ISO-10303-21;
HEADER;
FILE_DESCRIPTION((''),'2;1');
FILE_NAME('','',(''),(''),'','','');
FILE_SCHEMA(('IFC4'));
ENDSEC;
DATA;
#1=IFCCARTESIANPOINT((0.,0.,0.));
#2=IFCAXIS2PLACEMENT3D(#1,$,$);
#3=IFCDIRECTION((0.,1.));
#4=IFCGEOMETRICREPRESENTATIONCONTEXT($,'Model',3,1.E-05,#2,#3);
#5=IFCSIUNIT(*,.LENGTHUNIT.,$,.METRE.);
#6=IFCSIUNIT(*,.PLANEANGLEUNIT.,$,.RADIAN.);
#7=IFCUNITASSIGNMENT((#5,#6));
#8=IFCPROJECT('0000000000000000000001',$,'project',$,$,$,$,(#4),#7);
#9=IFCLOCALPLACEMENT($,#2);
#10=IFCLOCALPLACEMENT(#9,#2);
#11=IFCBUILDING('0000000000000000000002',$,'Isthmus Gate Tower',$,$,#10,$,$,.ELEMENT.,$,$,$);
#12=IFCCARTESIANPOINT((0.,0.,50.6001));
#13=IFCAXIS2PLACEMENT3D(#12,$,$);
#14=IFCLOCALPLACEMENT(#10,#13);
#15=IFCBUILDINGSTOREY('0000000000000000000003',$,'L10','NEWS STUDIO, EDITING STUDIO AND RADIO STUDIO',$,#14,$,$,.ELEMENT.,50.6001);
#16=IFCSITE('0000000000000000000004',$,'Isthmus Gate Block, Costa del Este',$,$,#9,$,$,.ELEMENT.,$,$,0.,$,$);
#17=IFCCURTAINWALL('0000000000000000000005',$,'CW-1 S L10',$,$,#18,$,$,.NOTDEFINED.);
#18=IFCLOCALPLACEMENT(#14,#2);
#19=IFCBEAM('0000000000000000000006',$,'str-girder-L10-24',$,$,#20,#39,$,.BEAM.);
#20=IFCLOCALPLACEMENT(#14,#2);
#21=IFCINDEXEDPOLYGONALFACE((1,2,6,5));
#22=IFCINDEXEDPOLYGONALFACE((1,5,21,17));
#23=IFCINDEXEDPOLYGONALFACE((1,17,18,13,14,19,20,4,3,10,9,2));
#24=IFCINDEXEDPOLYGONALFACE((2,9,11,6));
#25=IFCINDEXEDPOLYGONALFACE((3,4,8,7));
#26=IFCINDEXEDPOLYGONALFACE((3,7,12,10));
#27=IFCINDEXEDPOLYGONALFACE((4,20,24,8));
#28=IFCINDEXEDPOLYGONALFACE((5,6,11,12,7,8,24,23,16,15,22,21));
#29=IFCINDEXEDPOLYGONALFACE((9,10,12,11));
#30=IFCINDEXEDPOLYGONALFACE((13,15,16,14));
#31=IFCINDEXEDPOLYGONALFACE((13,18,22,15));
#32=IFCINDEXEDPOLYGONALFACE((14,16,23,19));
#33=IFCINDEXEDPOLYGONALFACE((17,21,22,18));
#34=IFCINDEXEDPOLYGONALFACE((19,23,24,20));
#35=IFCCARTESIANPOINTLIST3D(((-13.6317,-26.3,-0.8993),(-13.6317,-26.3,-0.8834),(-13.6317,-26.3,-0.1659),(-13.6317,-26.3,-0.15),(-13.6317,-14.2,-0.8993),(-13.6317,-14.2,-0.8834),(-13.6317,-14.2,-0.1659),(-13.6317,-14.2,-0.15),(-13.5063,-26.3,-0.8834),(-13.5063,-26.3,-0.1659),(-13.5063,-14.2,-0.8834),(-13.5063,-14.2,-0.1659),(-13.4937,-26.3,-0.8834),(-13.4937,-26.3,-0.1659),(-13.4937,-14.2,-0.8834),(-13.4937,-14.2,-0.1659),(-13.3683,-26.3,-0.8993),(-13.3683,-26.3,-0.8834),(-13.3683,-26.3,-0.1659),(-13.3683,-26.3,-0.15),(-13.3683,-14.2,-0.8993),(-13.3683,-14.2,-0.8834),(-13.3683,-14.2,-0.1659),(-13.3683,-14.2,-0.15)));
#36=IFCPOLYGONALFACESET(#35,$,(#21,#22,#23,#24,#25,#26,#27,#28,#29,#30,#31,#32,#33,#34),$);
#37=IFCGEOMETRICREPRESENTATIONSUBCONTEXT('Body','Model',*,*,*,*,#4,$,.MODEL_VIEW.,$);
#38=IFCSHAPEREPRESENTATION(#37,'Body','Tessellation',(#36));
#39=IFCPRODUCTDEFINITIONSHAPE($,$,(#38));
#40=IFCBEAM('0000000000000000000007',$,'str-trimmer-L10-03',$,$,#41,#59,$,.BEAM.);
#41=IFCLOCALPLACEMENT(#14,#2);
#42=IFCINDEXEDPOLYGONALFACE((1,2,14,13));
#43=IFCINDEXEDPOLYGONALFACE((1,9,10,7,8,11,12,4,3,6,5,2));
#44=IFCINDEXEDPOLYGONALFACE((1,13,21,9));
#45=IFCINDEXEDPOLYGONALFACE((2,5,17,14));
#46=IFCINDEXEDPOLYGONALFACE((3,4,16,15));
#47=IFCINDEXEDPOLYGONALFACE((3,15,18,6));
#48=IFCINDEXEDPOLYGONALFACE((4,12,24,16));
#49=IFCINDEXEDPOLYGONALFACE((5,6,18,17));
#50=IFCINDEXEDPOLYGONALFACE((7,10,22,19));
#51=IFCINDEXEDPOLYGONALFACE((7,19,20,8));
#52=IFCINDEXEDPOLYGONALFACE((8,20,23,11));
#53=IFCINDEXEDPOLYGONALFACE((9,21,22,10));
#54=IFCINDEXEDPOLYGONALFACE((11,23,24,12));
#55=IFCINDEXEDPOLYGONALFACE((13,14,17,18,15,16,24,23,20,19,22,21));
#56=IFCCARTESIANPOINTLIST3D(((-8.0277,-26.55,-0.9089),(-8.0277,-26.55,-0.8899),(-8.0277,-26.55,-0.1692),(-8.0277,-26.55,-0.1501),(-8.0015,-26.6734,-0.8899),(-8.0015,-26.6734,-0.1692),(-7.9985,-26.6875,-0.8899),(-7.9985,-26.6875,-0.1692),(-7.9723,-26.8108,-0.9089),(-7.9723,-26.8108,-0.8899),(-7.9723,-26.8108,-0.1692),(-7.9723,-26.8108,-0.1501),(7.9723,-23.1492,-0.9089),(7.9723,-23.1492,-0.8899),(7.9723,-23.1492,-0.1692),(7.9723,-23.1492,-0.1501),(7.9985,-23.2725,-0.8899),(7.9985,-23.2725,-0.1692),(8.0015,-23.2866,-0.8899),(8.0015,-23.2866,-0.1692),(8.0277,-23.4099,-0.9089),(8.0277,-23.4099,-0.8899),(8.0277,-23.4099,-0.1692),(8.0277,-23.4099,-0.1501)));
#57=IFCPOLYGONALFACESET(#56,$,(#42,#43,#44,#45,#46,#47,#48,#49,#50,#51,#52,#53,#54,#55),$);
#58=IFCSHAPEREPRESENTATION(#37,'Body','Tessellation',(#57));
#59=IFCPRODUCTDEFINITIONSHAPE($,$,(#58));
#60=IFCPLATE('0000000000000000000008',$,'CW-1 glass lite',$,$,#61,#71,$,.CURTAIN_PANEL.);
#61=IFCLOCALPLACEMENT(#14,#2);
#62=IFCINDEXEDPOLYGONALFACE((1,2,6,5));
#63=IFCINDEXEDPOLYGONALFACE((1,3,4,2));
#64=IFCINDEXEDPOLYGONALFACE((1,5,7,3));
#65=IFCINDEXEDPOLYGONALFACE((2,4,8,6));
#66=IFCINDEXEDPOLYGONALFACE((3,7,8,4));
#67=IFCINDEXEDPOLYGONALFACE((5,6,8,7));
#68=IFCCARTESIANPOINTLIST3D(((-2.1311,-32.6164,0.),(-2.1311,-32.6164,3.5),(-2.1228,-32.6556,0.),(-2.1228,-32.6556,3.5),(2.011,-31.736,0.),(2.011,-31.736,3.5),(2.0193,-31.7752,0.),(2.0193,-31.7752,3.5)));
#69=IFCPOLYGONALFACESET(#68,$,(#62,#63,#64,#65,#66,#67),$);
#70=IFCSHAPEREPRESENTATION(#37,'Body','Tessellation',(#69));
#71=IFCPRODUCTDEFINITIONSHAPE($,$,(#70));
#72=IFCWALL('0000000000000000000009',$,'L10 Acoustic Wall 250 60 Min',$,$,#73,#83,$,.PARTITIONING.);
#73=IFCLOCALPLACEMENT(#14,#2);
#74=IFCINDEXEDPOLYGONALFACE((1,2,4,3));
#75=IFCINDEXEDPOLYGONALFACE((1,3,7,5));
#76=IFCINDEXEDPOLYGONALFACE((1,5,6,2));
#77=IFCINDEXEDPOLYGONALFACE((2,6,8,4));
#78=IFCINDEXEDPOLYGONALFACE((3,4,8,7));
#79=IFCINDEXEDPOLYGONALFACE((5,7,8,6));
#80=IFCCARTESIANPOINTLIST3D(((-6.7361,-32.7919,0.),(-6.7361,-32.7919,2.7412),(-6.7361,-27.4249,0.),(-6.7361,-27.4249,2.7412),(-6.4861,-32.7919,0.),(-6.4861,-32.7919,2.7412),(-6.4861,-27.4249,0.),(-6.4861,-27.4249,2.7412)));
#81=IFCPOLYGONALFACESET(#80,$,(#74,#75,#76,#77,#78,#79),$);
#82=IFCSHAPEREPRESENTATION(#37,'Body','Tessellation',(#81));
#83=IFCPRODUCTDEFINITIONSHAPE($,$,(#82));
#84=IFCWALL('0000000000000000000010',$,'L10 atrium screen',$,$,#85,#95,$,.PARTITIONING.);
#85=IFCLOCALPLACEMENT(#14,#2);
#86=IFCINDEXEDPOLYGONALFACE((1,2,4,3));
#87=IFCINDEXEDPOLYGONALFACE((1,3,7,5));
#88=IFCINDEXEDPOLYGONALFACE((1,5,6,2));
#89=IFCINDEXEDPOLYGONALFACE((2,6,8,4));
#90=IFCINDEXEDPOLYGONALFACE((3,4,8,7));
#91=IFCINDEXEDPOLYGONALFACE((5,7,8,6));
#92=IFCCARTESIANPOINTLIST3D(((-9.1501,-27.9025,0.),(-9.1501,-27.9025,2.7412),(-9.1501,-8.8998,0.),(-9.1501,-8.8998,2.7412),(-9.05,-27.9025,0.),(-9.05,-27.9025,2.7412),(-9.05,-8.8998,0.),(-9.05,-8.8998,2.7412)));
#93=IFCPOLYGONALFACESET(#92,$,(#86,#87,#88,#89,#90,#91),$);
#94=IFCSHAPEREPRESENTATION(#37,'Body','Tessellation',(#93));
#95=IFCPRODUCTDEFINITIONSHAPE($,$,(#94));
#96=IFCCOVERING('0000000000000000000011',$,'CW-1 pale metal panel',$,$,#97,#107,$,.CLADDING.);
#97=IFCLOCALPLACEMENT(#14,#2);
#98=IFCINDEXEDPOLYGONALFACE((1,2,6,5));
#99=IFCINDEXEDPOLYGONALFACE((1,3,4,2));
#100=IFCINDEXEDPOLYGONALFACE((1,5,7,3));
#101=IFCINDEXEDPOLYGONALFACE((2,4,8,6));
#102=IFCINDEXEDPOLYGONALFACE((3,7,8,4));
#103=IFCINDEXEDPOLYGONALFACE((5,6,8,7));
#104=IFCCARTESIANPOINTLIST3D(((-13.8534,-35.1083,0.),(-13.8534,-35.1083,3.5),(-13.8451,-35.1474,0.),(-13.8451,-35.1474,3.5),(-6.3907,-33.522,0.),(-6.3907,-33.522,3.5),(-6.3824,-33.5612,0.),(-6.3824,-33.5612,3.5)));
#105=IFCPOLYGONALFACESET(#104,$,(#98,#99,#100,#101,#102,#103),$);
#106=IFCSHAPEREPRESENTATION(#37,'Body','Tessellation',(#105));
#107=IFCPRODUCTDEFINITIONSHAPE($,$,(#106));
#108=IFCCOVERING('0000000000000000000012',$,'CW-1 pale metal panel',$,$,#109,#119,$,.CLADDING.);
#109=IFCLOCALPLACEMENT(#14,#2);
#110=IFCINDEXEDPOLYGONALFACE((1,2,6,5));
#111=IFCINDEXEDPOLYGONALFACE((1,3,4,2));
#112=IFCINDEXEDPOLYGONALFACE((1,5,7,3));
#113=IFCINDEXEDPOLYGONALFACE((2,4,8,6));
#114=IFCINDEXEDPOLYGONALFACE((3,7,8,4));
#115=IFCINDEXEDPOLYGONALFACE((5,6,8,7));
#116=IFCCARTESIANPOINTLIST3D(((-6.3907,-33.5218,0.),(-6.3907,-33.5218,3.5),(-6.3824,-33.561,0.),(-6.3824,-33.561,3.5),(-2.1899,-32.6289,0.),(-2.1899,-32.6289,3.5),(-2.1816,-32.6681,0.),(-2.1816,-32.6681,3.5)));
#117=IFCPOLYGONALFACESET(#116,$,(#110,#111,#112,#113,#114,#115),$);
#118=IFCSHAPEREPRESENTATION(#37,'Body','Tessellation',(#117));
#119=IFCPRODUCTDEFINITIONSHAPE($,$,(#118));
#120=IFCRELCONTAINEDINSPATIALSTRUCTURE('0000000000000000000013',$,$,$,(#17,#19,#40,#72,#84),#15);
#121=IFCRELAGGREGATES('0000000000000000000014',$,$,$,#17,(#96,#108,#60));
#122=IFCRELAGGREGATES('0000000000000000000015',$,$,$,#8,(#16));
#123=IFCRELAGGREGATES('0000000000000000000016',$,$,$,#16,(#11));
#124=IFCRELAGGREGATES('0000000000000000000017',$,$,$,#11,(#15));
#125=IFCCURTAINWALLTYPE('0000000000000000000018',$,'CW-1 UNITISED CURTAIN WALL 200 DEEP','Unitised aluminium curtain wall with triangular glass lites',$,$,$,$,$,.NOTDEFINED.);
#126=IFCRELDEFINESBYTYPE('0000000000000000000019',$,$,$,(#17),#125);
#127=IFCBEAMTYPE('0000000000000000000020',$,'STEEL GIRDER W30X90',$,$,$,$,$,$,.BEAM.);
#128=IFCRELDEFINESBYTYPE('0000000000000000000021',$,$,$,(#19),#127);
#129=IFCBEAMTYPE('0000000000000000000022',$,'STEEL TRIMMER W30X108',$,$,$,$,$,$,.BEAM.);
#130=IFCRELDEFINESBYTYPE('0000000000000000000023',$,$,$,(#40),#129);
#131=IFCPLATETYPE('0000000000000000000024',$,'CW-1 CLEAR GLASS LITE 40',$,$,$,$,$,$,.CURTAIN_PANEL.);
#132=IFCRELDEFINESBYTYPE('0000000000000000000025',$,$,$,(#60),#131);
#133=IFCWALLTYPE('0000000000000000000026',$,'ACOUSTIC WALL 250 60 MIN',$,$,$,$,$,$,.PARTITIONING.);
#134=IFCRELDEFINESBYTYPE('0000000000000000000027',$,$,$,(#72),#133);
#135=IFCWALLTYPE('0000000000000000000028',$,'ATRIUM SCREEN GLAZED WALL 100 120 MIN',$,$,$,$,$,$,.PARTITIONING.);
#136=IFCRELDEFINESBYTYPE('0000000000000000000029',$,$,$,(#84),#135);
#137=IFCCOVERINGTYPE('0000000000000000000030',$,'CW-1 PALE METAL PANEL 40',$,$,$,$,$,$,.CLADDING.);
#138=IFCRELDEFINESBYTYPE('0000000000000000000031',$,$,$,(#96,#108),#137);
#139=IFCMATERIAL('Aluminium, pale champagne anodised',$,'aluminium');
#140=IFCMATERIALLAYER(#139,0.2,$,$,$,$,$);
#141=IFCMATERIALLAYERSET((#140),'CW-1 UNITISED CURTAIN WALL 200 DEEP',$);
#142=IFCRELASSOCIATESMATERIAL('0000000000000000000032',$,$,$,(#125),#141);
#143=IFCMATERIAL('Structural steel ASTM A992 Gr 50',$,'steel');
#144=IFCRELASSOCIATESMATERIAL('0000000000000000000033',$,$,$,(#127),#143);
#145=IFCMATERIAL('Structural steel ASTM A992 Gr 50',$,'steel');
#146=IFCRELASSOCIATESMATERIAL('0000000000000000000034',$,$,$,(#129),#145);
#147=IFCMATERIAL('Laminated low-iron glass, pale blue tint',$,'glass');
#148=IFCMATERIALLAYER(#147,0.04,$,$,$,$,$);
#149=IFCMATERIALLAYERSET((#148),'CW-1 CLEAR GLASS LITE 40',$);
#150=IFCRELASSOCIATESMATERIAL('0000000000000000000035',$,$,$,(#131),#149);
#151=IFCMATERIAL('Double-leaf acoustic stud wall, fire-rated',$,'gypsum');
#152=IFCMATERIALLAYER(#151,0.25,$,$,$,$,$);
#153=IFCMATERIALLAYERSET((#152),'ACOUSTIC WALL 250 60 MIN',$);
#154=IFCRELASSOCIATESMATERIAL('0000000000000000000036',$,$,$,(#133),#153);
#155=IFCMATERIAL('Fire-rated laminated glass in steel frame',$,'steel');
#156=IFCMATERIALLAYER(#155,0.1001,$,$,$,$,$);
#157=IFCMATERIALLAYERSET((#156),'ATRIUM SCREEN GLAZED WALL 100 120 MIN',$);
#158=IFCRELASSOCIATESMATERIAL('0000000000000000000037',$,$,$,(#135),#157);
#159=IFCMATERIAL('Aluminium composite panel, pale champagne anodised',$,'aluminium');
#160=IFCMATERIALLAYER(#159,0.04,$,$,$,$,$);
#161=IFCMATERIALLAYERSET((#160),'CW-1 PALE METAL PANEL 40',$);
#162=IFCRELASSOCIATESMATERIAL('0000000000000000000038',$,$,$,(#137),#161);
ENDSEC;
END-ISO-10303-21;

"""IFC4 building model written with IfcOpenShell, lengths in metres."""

from ifc_helpers import new_model, si_unit, direction, frame, frame_2d, origin, origin_2d, place, context, subcontext, project, spatial, rectangle, i_section, extrude, material, layer, layer_set, material_profile, profile_set, type_object, element, aggregate, save


model = new_model("IFC4")

# Units and contexts
model_context = context("Model", 3, precision=1e-05, world=origin(), true_north=direction((0.0, 1.0)))
body_context = subcontext(model_context, "Body", "Model", "MODEL_VIEW")
ifc_project = project(units=[si_unit("LENGTHUNIT", "METRE"), si_unit("PLANEANGLEUNIT", "RADIAN")], contexts=[model_context])

# Site, building, storey
site_placement = place(None, origin())
site = spatial("IfcSite", under=ifc_project, at=site_placement, Name="Isthmus Gate Block, Costa del Este", CompositionType="ELEMENT", RefElevation=0.0)
building_placement = place(site_placement, origin())
building = spatial("IfcBuilding", under=site, at=building_placement, Name="Isthmus Gate Tower", CompositionType="ELEMENT")
storey_placement = place(building_placement, frame((0.0, 0.0, 50.6001)))
storey = spatial("IfcBuildingStorey", under=building, at=storey_placement, Name="L10", Description="NEWS STUDIO, EDITING STUDIO AND RADIO STUDIO", CompositionType="ELEMENT", Elevation=50.6001)

# Curtain wall
ifc_material_1 = material(Name="Aluminium, pale champagne anodised", Category="aluminium")
ifc_layer_1 = layer(ifc_material_1, 0.2)
ifc_layer_set_1 = layer_set([ifc_layer_1], Name="CW-1 UNITISED CURTAIN WALL 200 DEEP")
curtain_wall_type = type_object("IfcCurtainWallType", Name="CW-1 UNITISED CURTAIN WALL 200 DEEP", Description="Unitised aluminium curtain wall with triangular glass lites", PredefinedType="NOTDEFINED", material=ifc_layer_set_1)
curtain_wall_placement = place(storey_placement, origin())
curtain_wall = element("IfcCurtainWall", 1, at=curtain_wall_placement, inside=storey, type_object=curtain_wall_type, Name="CW-1 S L10", PredefinedType="NOTDEFINED")

# Beams
ifc_material_2 = material(Name="Structural steel ASTM A992 Gr 50", Category="steel")
ifc_material_profile_1 = material_profile(ifc_material_2, i_section(OverallWidth=0.2634, OverallDepth=0.7493, WebThickness=0.0127, FlangeThickness=0.0159, at=origin_2d()), Name="W30X90")
ifc_profile_set_1 = profile_set([ifc_material_profile_1], Name="Structural steel ASTM A992 Gr 50")
beam_type_1 = type_object("IfcBeamType", Name="STEEL GIRDER W30X90", PredefinedType="BEAM", material=ifc_profile_set_1)
beam_1_placement = place(storey_placement, frame((-13.5, -26.3, -0.5247), z_axis=(0.0, 1.0, 0.0), x_axis=(-1.0, 0.0, 0.0)))
element("IfcBeam", 2, at=beam_1_placement, inside=storey, type_object=beam_type_1, Name="str-girder-L10-24", PredefinedType="BEAM", context=body_context, shape_type="SweptSolid", body=[
    extrude(i_section(OverallWidth=0.2634, OverallDepth=0.7493, WebThickness=0.0127, FlangeThickness=0.0159, at=origin_2d()), origin(), (0.0, 0.0, 1.0), 12.1001),
])
ifc_material_3 = material(Name="Structural steel ASTM A992 Gr 50", Category="steel")
ifc_material_profile_2 = material_profile(ifc_material_3, i_section(OverallWidth=0.2666, OverallDepth=0.7588, WebThickness=0.0144, FlangeThickness=0.019, at=origin_2d()), Name="W30X108")
ifc_profile_set_2 = profile_set([ifc_material_profile_2], Name="Structural steel ASTM A992 Gr 50")
beam_type_2 = type_object("IfcBeamType", Name="STEEL TRIMMER W30X108", PredefinedType="BEAM", material=ifc_profile_set_2)
beam_2_placement = place(storey_placement, frame((-8.0, -26.6804, -0.5295), z_axis=(0.978148, 0.20791, 0.0), x_axis=(-0.20791, 0.978148, 0.0)))
element("IfcBeam", 3, at=beam_2_placement, inside=storey, type_object=beam_type_2, Name="str-trimmer-L10-03", PredefinedType="BEAM", context=body_context, shape_type="SweptSolid", body=[
    extrude(i_section(OverallWidth=0.2666, OverallDepth=0.7588, WebThickness=0.0144, FlangeThickness=0.019, at=origin_2d()), origin(), (0.0, 0.0, 1.0), 16.3574),
])

# Plate
ifc_material_4 = material(Name="Laminated low-iron glass, pale blue tint", Category="glass")
ifc_layer_2 = layer(ifc_material_4, 0.04)
ifc_layer_set_2 = layer_set([ifc_layer_2], Name="CW-1 CLEAR GLASS LITE 40")
plate_type = type_object("IfcPlateType", Name="CW-1 CLEAR GLASS LITE 40", PredefinedType="CURTAIN_PANEL", material=ifc_layer_set_2)
plate_placement = place(storey_placement, frame((-0.0559, -32.1958, 0.0), z_axis=(0.0, 0.0, 1.0), x_axis=(0.978148, 0.207912, 0.0)))
plate = element("IfcPlate", 4, at=plate_placement, type_object=plate_type, Name="CW-1 glass lite", PredefinedType="CURTAIN_PANEL", context=body_context, shape_type="SweptSolid", body=[
    extrude(rectangle(XDim=4.2346, YDim=0.04, at=origin_2d()), origin(), (0.0, 0.0, 1.0), 3.5),
])

# Walls
ifc_material_5 = material(Name="Double-leaf acoustic stud wall, fire-rated", Category="gypsum")
ifc_layer_3 = layer(ifc_material_5, 0.25)
ifc_layer_set_3 = layer_set([ifc_layer_3], Name="ACOUSTIC WALL 250 60 MIN")
wall_type_1 = type_object("IfcWallType", Name="ACOUSTIC WALL 250 60 MIN", PredefinedType="PARTITIONING", material=ifc_layer_set_3)
wall_1_placement = place(storey_placement, frame((-6.6111, -32.792, 0.0), z_axis=(0.0, 0.0, 1.0), x_axis=(0.0, 1.0, 0.0)))
element("IfcWall", 5, at=wall_1_placement, inside=storey, type_object=wall_type_1, Name="L10 Acoustic Wall 250 60 Min", PredefinedType="PARTITIONING", context=body_context, shape_type="SweptSolid", body=[
    extrude(rectangle(XDim=5.3669, YDim=0.25, at=frame_2d((2.6836, 0.0))), origin(), (0.0, 0.0, 1.0), 2.7412),
])
ifc_material_6 = material(Name="Fire-rated laminated glass in steel frame", Category="steel")
ifc_layer_4 = layer(ifc_material_6, 0.1001)
ifc_layer_set_4 = layer_set([ifc_layer_4], Name="ATRIUM SCREEN GLAZED WALL 100 120 MIN")
wall_type_2 = type_object("IfcWallType", Name="ATRIUM SCREEN GLAZED WALL 100 120 MIN", PredefinedType="PARTITIONING", material=ifc_layer_set_4)
wall_2_placement = place(storey_placement, frame((-9.1001, -27.9026, 0.0), z_axis=(0.0, 0.0, 1.0), x_axis=(0.0, 1.0, 0.0)))
element("IfcWall", 6, at=wall_2_placement, inside=storey, type_object=wall_type_2, Name="L10 atrium screen", PredefinedType="PARTITIONING", context=body_context, shape_type="SweptSolid", body=[
    extrude(rectangle(XDim=19.0027, YDim=0.1001, at=frame_2d((9.5015, 0.0))), origin(), (0.0, 0.0, 1.0), 2.7412),
])

# Coverings
ifc_material_7 = material(Name="Aluminium composite panel, pale champagne anodised", Category="aluminium")
ifc_layer_5 = layer(ifc_material_7, 0.04)
ifc_layer_set_5 = layer_set([ifc_layer_5], Name="CW-1 PALE METAL PANEL 40")
covering_type = type_object("IfcCoveringType", Name="CW-1 PALE METAL PANEL 40", PredefinedType="CLADDING", material=ifc_layer_set_5)
covering_1_placement = place(storey_placement, frame((-10.1179, -34.3347, 0.0), z_axis=(0.0, 0.0, 1.0), x_axis=(0.978148, 0.207912, 0.0)))
covering_1 = element("IfcCovering", 7, at=covering_1_placement, type_object=covering_type, Name="CW-1 pale metal panel", PredefinedType="CLADDING", context=body_context, shape_type="SweptSolid", body=[
    extrude(rectangle(XDim=7.6294, YDim=0.04, at=origin_2d()), origin(), (0.0, 0.0, 1.0), 3.5),
])
covering_2_placement = place(storey_placement, frame((-4.2861, -33.095, 0.0), z_axis=(0.0, 0.0, 1.0), x_axis=(0.978148, 0.207912, 0.0)))
covering_2 = element("IfcCovering", 8, at=covering_2_placement, type_object=covering_type, Name="CW-1 pale metal panel", PredefinedType="CLADDING", context=body_context, shape_type="SweptSolid", body=[
    extrude(rectangle(XDim=4.2947, YDim=0.04, at=origin_2d()), origin(), (0.0, 0.0, 1.0), 3.5),
])
aggregate(curtain_wall, [covering_1, covering_2, plate])

save(model, "model.ifc")
